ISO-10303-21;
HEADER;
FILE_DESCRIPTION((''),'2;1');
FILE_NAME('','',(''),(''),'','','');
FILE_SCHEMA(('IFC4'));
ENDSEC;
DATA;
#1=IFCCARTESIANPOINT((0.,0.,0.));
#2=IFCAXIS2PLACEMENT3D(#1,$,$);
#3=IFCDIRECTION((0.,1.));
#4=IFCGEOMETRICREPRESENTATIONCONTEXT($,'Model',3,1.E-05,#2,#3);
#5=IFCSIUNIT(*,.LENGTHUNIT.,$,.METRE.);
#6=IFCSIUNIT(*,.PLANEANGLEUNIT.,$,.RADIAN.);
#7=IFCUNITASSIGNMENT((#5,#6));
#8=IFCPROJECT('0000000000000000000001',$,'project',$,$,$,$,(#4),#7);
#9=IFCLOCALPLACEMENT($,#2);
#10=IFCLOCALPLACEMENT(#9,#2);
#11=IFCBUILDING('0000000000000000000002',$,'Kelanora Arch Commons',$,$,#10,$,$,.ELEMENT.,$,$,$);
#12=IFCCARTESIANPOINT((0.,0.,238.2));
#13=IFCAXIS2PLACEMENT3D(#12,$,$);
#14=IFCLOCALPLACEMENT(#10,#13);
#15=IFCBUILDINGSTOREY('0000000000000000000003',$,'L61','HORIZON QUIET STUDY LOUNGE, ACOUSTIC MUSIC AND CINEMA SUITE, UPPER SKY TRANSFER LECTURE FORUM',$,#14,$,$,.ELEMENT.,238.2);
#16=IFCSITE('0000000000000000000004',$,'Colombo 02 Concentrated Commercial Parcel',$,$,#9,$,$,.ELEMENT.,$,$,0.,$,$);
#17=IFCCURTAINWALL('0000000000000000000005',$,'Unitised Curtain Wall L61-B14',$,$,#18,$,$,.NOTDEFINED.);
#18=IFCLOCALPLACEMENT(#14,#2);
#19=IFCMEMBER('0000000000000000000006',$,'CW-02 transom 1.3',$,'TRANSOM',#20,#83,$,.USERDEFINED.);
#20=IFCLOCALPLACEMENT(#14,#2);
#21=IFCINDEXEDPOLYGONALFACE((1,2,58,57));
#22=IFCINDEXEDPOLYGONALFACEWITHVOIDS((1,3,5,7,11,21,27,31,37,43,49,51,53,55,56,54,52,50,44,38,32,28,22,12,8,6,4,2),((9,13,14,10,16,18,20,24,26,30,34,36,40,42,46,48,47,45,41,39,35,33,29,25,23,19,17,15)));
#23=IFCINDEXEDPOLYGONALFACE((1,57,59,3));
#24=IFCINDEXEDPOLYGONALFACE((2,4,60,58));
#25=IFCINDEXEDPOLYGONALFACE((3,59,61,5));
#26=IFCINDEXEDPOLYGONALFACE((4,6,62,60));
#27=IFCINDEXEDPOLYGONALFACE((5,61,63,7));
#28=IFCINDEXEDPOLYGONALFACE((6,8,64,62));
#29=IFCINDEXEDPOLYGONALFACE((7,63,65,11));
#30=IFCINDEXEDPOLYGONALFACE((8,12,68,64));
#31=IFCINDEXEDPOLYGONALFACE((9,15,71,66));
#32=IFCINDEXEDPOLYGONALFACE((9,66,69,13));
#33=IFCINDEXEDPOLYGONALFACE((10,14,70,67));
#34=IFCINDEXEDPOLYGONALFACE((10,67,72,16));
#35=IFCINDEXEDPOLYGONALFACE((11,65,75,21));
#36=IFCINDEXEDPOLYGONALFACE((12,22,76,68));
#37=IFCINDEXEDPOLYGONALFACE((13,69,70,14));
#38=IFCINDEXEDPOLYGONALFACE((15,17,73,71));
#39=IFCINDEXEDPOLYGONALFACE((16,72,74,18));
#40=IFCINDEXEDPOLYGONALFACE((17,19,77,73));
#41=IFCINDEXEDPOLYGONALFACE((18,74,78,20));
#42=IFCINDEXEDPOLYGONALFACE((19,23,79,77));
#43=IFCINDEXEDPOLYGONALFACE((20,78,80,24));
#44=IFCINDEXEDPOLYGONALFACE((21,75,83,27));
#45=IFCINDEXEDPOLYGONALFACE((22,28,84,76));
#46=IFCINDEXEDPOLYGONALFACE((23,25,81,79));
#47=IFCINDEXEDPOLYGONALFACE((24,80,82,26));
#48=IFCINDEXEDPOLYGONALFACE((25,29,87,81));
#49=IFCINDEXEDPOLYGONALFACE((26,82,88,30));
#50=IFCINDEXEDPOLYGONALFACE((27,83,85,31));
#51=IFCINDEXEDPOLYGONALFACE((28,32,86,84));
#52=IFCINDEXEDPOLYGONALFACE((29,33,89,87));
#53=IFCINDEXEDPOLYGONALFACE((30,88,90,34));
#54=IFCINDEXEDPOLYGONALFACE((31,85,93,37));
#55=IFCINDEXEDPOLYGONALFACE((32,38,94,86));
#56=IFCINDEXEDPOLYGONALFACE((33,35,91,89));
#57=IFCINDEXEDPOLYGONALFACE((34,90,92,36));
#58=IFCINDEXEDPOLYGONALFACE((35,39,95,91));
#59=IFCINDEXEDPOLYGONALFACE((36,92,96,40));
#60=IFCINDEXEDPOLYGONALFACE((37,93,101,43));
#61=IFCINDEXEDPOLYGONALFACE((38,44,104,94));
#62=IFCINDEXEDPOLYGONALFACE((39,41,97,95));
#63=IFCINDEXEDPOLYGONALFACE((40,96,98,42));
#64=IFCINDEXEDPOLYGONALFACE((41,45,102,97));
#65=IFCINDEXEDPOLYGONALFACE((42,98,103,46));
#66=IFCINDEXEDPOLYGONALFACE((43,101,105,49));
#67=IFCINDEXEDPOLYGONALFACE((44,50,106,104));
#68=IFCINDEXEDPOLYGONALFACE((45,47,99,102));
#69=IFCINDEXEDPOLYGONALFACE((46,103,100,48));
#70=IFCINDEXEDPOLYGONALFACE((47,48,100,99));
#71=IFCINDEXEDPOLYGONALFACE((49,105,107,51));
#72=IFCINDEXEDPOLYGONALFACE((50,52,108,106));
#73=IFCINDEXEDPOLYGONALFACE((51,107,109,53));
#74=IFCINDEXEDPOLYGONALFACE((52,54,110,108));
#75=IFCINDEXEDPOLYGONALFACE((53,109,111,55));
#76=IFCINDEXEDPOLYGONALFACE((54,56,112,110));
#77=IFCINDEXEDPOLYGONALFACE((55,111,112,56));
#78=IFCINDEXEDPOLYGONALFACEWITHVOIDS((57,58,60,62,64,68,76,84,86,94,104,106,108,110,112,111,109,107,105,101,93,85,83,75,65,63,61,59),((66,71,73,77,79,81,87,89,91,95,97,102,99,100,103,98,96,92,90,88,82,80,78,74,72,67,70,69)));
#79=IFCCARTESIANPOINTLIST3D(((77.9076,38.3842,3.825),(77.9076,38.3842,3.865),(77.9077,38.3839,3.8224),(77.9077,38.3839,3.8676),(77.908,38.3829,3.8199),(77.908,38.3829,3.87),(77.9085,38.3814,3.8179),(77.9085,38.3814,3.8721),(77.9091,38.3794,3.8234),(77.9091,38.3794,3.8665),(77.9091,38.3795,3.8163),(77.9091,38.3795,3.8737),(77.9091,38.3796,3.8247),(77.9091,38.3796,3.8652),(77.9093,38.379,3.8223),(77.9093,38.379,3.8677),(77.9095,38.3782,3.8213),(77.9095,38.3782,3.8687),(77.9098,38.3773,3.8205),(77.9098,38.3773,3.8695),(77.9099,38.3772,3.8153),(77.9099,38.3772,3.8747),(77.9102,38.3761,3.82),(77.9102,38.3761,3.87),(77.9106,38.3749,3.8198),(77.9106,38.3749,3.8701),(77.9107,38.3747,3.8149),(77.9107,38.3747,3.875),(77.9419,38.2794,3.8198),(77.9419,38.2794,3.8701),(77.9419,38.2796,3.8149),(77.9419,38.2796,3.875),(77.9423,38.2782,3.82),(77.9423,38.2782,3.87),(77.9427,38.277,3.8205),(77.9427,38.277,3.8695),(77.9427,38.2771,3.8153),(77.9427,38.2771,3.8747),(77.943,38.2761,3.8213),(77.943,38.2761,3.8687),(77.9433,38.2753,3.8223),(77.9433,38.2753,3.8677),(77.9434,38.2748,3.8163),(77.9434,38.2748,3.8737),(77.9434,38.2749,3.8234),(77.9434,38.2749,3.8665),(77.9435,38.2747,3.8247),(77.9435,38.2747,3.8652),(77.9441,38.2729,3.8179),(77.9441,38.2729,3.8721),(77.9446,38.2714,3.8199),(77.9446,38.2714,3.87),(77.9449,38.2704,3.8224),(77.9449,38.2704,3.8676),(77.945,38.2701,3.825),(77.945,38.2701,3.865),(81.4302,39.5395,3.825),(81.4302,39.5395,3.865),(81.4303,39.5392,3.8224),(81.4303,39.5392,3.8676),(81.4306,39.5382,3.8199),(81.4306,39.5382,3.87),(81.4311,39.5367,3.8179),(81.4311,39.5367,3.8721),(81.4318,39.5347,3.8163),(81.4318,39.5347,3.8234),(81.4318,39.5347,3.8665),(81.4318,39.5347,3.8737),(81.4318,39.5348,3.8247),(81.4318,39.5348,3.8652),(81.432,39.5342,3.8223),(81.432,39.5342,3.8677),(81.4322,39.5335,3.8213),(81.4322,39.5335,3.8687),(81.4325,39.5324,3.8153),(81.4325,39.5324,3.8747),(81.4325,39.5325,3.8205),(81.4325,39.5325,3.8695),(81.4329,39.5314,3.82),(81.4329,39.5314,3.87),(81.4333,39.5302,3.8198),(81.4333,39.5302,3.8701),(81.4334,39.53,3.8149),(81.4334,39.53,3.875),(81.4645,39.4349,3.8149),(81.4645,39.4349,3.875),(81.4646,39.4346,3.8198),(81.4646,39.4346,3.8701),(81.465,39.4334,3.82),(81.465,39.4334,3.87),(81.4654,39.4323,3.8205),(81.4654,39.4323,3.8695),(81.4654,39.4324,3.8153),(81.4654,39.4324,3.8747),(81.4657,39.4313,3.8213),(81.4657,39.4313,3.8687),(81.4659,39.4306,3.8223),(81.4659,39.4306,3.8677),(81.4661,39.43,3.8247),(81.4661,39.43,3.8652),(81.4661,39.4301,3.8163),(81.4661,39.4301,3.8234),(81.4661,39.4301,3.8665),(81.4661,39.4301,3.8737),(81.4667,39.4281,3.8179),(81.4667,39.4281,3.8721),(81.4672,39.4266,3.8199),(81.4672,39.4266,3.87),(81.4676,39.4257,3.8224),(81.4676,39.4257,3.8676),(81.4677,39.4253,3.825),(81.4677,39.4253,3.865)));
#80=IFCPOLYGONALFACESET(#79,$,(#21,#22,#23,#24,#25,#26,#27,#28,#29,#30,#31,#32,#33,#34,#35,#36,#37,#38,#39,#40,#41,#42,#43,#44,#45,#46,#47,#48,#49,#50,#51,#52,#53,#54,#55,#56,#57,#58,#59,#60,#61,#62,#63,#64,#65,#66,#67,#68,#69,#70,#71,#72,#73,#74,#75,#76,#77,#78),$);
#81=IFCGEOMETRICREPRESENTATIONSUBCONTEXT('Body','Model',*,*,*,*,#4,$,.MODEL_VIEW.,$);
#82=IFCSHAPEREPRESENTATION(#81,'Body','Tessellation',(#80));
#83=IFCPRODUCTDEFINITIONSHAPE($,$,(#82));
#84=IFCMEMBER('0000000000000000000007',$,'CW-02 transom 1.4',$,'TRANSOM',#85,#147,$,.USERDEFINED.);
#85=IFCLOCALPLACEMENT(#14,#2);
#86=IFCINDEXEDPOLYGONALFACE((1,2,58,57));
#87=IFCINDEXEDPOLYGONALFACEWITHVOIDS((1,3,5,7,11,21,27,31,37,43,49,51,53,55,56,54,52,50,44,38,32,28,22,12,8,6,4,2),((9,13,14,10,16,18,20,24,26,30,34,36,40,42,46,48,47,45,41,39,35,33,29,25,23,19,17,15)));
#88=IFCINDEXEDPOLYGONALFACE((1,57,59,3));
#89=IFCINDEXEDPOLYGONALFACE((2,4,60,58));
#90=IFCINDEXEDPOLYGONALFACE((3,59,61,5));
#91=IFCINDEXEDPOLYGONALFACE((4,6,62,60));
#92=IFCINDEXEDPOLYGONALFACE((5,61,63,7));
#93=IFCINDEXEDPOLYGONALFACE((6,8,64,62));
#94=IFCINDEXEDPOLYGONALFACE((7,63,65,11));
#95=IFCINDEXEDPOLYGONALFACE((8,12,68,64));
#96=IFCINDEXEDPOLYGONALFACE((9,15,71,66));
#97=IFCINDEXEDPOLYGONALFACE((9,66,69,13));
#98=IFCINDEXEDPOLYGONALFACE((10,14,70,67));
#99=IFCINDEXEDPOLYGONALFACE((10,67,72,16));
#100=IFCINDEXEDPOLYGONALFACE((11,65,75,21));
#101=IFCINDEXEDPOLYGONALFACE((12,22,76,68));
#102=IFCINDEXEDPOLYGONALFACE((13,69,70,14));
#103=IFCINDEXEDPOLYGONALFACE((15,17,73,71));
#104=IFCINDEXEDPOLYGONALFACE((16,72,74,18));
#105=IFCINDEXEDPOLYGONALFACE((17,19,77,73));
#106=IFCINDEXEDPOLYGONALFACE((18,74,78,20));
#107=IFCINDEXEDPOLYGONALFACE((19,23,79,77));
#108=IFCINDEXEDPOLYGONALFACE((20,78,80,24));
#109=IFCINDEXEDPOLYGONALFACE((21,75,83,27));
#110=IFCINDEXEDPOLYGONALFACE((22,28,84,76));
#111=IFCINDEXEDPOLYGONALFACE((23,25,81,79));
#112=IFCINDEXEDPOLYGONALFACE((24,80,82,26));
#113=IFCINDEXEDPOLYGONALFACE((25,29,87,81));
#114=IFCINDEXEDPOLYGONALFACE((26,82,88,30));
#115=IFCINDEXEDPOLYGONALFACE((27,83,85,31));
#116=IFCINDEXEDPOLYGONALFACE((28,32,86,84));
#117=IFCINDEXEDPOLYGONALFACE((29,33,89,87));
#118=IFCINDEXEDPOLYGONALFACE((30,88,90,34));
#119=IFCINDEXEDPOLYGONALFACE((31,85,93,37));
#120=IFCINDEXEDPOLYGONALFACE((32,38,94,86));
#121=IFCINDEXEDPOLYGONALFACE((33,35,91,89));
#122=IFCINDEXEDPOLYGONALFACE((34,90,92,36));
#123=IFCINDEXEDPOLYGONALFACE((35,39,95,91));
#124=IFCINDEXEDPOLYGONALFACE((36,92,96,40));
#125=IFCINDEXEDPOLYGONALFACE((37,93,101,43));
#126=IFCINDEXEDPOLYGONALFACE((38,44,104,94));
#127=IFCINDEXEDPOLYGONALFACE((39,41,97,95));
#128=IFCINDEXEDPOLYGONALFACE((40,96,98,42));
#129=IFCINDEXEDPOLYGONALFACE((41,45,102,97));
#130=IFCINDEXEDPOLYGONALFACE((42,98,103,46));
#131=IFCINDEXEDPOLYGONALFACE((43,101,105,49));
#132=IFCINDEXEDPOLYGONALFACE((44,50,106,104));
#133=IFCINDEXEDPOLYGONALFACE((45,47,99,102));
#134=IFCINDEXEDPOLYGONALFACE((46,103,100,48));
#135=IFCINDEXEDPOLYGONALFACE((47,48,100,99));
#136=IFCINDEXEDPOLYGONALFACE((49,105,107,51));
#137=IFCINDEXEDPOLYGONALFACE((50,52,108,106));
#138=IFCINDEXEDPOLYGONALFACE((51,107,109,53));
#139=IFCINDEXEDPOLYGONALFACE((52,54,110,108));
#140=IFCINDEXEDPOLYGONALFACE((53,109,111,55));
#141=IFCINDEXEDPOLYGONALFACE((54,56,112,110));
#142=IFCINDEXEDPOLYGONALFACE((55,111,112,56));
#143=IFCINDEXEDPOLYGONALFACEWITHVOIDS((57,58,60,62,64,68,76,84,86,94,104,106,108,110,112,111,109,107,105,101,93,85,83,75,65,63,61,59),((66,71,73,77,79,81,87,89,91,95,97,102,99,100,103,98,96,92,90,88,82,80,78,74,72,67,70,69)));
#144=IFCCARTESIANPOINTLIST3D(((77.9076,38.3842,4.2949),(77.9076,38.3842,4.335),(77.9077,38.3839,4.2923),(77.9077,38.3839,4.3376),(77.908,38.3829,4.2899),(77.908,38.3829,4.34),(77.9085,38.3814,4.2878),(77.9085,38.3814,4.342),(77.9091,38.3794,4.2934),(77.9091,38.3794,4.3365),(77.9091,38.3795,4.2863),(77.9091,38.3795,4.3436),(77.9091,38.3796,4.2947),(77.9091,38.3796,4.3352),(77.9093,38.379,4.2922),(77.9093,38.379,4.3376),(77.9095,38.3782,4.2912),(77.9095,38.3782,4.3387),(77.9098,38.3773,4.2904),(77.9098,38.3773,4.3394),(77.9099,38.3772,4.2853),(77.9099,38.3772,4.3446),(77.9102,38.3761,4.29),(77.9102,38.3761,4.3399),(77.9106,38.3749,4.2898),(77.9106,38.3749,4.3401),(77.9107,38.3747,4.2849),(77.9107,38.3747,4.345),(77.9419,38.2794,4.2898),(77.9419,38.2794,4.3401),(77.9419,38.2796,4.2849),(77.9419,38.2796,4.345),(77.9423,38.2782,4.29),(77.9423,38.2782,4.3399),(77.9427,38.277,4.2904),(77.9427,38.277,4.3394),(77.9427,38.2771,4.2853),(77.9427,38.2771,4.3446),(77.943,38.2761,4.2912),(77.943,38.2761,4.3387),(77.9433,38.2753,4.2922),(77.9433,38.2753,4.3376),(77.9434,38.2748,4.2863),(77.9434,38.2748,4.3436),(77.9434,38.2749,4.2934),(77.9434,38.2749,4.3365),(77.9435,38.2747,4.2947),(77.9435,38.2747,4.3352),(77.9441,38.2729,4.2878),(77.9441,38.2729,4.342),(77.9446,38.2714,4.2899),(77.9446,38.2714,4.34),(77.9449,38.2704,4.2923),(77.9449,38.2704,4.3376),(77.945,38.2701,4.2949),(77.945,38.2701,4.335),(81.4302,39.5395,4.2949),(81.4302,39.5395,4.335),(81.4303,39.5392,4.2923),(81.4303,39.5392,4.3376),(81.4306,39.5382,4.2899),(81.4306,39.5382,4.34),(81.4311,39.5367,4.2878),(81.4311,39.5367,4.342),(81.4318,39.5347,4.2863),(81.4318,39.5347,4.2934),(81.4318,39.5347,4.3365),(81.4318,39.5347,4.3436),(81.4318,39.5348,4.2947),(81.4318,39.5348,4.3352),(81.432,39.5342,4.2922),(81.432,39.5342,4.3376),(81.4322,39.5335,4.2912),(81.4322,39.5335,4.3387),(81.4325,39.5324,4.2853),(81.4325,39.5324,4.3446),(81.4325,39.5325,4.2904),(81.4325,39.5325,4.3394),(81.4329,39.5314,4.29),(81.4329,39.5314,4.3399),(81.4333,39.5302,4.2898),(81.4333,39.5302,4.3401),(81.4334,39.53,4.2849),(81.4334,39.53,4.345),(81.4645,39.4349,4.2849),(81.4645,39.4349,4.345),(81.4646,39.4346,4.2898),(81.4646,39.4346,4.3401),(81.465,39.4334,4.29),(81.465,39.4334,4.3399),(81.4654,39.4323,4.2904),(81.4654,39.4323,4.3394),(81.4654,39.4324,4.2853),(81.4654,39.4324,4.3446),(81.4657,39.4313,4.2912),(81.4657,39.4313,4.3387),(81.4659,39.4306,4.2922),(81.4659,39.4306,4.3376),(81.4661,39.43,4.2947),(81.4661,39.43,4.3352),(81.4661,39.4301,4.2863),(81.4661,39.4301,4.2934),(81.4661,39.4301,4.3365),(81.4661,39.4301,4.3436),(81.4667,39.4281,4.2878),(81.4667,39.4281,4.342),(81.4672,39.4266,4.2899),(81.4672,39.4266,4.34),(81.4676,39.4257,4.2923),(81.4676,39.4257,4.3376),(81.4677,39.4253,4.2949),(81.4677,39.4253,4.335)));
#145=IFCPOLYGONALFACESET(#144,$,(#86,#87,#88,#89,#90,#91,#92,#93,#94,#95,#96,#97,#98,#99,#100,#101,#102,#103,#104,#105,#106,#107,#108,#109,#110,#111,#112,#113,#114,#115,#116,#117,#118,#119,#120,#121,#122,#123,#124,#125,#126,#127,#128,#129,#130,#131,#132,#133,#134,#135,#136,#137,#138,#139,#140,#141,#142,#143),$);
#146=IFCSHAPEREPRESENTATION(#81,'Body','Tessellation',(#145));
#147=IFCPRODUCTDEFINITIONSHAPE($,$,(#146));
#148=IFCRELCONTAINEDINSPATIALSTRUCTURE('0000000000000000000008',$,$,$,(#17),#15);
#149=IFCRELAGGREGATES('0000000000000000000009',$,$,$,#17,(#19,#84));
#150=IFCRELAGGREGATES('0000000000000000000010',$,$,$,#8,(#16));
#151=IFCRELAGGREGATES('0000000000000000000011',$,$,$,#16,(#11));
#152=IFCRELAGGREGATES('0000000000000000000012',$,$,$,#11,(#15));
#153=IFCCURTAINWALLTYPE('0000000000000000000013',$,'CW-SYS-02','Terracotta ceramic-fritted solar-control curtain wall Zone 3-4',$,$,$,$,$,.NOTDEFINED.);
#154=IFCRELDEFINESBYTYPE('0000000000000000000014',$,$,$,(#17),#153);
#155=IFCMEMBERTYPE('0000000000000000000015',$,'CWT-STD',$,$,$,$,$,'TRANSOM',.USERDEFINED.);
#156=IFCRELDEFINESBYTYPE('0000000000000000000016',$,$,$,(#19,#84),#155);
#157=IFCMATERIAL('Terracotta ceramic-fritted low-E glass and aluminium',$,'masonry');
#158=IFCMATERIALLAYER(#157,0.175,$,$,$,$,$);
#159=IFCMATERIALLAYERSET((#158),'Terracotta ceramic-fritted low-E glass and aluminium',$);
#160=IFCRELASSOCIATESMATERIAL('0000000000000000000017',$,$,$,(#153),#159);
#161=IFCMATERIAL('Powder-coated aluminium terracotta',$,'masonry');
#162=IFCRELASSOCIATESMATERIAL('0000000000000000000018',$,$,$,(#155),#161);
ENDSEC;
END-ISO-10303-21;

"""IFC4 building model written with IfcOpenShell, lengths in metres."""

from ifc_helpers import new_model, si_unit, direction, frame, origin, origin_2d, place, context, subcontext, project, spatial, hollow_rectangle, extrude, material, layer, layer_set, material_profile, profile_set, type_object, element, aggregate, save


model = new_model("IFC4")

# Units and contexts
model_context = context("Model", 3, precision=1e-05, world=origin(), true_north=direction((0.0, 1.0)))
body_context = subcontext(model_context, "Body", "Model", "MODEL_VIEW")
ifc_project = project(units=[si_unit("LENGTHUNIT", "METRE"), si_unit("PLANEANGLEUNIT", "RADIAN")], contexts=[model_context])

# Site, building, storey
site_placement = place(None, origin())
site = spatial("IfcSite", under=ifc_project, at=site_placement, Name="Colombo 02 Concentrated Commercial Parcel", CompositionType="ELEMENT", RefElevation=0.0)
building_placement = place(site_placement, origin())
building = spatial("IfcBuilding", under=site, at=building_placement, Name="Kelanora Arch Commons", CompositionType="ELEMENT")
storey_placement = place(building_placement, frame((0.0, 0.0, 238.2)))
storey = spatial("IfcBuildingStorey", under=building, at=storey_placement, Name="L61", Description="HORIZON QUIET STUDY LOUNGE, ACOUSTIC MUSIC AND CINEMA SUITE, UPPER SKY TRANSFER LECTURE FORUM", CompositionType="ELEMENT", Elevation=238.2)

# Curtain wall, members
ifc_material_1 = material(Name="Terracotta ceramic-fritted low-E glass and aluminium", Category="masonry")
ifc_layer_1 = layer(ifc_material_1, 0.175)
ifc_layer_set_1 = layer_set([ifc_layer_1], Name="Terracotta ceramic-fritted low-E glass and aluminium")
curtain_wall_type = type_object("IfcCurtainWallType", Name="CW-SYS-02", Description="Terracotta ceramic-fritted solar-control curtain wall Zone 3-4", PredefinedType="NOTDEFINED", material=ifc_layer_set_1)
curtain_wall_placement = place(storey_placement, origin())
curtain_wall = element("IfcCurtainWall", 1, at=curtain_wall_placement, inside=storey, type_object=curtain_wall_type, Name="Unitised Curtain Wall L61-B14", PredefinedType="NOTDEFINED")
ifc_material_2 = material(Name="Powder-coated aluminium terracotta", Category="masonry")
ifc_material_profile_1 = material_profile(ifc_material_2, hollow_rectangle(XDim=0.1201, YDim=0.0601, WallThickness=0.0049, InnerFilletRadius=0.0049, OuterFilletRadius=0.01, at=origin_2d()), Name="CWT120x60")
ifc_profile_set_1 = profile_set([ifc_material_profile_1], Name="Powder-coated aluminium terracotta")
member_type_1 = type_object("IfcMemberType", Name="CWT-STD", ElementType="TRANSOM", PredefinedType="USERDEFINED", material=ifc_profile_set_1)
member_1_placement = place(storey_placement, frame((77.9263, 38.3271, 3.845), z_axis=(0.950207, 0.311621, 0.0), x_axis=(-0.311621, 0.950207, 0.0)))
member_1 = element("IfcMember", 2, at=member_1_placement, type_object=member_type_1, Name="CW-02 transom 1.3", ObjectType="TRANSOM", PredefinedType="USERDEFINED", context=body_context, shape_type="SweptSolid", body=[
    extrude(hollow_rectangle(XDim=0.1201, YDim=0.0601, WallThickness=0.0049, InnerFilletRadius=0.0049, OuterFilletRadius=0.01, at=origin_2d()), origin(), (0.0, 0.0, 1.0), 3.7073),
])
member_2_placement = place(storey_placement, frame((77.9263, 38.3271, 4.3149), z_axis=(0.950207, 0.311621, 0.0), x_axis=(-0.311621, 0.950207, 0.0)))
member_2 = element("IfcMember", 3, at=member_2_placement, type_object=member_type_1, Name="CW-02 transom 1.4", ObjectType="TRANSOM", PredefinedType="USERDEFINED", context=body_context, shape_type="SweptSolid", body=[
    extrude(hollow_rectangle(XDim=0.1201, YDim=0.0601, WallThickness=0.0049, InnerFilletRadius=0.0049, OuterFilletRadius=0.01, at=origin_2d()), origin(), (0.0, 0.0, 1.0), 3.7073),
])
aggregate(curtain_wall, [member_1, member_2])

save(model, "model.ifc")
